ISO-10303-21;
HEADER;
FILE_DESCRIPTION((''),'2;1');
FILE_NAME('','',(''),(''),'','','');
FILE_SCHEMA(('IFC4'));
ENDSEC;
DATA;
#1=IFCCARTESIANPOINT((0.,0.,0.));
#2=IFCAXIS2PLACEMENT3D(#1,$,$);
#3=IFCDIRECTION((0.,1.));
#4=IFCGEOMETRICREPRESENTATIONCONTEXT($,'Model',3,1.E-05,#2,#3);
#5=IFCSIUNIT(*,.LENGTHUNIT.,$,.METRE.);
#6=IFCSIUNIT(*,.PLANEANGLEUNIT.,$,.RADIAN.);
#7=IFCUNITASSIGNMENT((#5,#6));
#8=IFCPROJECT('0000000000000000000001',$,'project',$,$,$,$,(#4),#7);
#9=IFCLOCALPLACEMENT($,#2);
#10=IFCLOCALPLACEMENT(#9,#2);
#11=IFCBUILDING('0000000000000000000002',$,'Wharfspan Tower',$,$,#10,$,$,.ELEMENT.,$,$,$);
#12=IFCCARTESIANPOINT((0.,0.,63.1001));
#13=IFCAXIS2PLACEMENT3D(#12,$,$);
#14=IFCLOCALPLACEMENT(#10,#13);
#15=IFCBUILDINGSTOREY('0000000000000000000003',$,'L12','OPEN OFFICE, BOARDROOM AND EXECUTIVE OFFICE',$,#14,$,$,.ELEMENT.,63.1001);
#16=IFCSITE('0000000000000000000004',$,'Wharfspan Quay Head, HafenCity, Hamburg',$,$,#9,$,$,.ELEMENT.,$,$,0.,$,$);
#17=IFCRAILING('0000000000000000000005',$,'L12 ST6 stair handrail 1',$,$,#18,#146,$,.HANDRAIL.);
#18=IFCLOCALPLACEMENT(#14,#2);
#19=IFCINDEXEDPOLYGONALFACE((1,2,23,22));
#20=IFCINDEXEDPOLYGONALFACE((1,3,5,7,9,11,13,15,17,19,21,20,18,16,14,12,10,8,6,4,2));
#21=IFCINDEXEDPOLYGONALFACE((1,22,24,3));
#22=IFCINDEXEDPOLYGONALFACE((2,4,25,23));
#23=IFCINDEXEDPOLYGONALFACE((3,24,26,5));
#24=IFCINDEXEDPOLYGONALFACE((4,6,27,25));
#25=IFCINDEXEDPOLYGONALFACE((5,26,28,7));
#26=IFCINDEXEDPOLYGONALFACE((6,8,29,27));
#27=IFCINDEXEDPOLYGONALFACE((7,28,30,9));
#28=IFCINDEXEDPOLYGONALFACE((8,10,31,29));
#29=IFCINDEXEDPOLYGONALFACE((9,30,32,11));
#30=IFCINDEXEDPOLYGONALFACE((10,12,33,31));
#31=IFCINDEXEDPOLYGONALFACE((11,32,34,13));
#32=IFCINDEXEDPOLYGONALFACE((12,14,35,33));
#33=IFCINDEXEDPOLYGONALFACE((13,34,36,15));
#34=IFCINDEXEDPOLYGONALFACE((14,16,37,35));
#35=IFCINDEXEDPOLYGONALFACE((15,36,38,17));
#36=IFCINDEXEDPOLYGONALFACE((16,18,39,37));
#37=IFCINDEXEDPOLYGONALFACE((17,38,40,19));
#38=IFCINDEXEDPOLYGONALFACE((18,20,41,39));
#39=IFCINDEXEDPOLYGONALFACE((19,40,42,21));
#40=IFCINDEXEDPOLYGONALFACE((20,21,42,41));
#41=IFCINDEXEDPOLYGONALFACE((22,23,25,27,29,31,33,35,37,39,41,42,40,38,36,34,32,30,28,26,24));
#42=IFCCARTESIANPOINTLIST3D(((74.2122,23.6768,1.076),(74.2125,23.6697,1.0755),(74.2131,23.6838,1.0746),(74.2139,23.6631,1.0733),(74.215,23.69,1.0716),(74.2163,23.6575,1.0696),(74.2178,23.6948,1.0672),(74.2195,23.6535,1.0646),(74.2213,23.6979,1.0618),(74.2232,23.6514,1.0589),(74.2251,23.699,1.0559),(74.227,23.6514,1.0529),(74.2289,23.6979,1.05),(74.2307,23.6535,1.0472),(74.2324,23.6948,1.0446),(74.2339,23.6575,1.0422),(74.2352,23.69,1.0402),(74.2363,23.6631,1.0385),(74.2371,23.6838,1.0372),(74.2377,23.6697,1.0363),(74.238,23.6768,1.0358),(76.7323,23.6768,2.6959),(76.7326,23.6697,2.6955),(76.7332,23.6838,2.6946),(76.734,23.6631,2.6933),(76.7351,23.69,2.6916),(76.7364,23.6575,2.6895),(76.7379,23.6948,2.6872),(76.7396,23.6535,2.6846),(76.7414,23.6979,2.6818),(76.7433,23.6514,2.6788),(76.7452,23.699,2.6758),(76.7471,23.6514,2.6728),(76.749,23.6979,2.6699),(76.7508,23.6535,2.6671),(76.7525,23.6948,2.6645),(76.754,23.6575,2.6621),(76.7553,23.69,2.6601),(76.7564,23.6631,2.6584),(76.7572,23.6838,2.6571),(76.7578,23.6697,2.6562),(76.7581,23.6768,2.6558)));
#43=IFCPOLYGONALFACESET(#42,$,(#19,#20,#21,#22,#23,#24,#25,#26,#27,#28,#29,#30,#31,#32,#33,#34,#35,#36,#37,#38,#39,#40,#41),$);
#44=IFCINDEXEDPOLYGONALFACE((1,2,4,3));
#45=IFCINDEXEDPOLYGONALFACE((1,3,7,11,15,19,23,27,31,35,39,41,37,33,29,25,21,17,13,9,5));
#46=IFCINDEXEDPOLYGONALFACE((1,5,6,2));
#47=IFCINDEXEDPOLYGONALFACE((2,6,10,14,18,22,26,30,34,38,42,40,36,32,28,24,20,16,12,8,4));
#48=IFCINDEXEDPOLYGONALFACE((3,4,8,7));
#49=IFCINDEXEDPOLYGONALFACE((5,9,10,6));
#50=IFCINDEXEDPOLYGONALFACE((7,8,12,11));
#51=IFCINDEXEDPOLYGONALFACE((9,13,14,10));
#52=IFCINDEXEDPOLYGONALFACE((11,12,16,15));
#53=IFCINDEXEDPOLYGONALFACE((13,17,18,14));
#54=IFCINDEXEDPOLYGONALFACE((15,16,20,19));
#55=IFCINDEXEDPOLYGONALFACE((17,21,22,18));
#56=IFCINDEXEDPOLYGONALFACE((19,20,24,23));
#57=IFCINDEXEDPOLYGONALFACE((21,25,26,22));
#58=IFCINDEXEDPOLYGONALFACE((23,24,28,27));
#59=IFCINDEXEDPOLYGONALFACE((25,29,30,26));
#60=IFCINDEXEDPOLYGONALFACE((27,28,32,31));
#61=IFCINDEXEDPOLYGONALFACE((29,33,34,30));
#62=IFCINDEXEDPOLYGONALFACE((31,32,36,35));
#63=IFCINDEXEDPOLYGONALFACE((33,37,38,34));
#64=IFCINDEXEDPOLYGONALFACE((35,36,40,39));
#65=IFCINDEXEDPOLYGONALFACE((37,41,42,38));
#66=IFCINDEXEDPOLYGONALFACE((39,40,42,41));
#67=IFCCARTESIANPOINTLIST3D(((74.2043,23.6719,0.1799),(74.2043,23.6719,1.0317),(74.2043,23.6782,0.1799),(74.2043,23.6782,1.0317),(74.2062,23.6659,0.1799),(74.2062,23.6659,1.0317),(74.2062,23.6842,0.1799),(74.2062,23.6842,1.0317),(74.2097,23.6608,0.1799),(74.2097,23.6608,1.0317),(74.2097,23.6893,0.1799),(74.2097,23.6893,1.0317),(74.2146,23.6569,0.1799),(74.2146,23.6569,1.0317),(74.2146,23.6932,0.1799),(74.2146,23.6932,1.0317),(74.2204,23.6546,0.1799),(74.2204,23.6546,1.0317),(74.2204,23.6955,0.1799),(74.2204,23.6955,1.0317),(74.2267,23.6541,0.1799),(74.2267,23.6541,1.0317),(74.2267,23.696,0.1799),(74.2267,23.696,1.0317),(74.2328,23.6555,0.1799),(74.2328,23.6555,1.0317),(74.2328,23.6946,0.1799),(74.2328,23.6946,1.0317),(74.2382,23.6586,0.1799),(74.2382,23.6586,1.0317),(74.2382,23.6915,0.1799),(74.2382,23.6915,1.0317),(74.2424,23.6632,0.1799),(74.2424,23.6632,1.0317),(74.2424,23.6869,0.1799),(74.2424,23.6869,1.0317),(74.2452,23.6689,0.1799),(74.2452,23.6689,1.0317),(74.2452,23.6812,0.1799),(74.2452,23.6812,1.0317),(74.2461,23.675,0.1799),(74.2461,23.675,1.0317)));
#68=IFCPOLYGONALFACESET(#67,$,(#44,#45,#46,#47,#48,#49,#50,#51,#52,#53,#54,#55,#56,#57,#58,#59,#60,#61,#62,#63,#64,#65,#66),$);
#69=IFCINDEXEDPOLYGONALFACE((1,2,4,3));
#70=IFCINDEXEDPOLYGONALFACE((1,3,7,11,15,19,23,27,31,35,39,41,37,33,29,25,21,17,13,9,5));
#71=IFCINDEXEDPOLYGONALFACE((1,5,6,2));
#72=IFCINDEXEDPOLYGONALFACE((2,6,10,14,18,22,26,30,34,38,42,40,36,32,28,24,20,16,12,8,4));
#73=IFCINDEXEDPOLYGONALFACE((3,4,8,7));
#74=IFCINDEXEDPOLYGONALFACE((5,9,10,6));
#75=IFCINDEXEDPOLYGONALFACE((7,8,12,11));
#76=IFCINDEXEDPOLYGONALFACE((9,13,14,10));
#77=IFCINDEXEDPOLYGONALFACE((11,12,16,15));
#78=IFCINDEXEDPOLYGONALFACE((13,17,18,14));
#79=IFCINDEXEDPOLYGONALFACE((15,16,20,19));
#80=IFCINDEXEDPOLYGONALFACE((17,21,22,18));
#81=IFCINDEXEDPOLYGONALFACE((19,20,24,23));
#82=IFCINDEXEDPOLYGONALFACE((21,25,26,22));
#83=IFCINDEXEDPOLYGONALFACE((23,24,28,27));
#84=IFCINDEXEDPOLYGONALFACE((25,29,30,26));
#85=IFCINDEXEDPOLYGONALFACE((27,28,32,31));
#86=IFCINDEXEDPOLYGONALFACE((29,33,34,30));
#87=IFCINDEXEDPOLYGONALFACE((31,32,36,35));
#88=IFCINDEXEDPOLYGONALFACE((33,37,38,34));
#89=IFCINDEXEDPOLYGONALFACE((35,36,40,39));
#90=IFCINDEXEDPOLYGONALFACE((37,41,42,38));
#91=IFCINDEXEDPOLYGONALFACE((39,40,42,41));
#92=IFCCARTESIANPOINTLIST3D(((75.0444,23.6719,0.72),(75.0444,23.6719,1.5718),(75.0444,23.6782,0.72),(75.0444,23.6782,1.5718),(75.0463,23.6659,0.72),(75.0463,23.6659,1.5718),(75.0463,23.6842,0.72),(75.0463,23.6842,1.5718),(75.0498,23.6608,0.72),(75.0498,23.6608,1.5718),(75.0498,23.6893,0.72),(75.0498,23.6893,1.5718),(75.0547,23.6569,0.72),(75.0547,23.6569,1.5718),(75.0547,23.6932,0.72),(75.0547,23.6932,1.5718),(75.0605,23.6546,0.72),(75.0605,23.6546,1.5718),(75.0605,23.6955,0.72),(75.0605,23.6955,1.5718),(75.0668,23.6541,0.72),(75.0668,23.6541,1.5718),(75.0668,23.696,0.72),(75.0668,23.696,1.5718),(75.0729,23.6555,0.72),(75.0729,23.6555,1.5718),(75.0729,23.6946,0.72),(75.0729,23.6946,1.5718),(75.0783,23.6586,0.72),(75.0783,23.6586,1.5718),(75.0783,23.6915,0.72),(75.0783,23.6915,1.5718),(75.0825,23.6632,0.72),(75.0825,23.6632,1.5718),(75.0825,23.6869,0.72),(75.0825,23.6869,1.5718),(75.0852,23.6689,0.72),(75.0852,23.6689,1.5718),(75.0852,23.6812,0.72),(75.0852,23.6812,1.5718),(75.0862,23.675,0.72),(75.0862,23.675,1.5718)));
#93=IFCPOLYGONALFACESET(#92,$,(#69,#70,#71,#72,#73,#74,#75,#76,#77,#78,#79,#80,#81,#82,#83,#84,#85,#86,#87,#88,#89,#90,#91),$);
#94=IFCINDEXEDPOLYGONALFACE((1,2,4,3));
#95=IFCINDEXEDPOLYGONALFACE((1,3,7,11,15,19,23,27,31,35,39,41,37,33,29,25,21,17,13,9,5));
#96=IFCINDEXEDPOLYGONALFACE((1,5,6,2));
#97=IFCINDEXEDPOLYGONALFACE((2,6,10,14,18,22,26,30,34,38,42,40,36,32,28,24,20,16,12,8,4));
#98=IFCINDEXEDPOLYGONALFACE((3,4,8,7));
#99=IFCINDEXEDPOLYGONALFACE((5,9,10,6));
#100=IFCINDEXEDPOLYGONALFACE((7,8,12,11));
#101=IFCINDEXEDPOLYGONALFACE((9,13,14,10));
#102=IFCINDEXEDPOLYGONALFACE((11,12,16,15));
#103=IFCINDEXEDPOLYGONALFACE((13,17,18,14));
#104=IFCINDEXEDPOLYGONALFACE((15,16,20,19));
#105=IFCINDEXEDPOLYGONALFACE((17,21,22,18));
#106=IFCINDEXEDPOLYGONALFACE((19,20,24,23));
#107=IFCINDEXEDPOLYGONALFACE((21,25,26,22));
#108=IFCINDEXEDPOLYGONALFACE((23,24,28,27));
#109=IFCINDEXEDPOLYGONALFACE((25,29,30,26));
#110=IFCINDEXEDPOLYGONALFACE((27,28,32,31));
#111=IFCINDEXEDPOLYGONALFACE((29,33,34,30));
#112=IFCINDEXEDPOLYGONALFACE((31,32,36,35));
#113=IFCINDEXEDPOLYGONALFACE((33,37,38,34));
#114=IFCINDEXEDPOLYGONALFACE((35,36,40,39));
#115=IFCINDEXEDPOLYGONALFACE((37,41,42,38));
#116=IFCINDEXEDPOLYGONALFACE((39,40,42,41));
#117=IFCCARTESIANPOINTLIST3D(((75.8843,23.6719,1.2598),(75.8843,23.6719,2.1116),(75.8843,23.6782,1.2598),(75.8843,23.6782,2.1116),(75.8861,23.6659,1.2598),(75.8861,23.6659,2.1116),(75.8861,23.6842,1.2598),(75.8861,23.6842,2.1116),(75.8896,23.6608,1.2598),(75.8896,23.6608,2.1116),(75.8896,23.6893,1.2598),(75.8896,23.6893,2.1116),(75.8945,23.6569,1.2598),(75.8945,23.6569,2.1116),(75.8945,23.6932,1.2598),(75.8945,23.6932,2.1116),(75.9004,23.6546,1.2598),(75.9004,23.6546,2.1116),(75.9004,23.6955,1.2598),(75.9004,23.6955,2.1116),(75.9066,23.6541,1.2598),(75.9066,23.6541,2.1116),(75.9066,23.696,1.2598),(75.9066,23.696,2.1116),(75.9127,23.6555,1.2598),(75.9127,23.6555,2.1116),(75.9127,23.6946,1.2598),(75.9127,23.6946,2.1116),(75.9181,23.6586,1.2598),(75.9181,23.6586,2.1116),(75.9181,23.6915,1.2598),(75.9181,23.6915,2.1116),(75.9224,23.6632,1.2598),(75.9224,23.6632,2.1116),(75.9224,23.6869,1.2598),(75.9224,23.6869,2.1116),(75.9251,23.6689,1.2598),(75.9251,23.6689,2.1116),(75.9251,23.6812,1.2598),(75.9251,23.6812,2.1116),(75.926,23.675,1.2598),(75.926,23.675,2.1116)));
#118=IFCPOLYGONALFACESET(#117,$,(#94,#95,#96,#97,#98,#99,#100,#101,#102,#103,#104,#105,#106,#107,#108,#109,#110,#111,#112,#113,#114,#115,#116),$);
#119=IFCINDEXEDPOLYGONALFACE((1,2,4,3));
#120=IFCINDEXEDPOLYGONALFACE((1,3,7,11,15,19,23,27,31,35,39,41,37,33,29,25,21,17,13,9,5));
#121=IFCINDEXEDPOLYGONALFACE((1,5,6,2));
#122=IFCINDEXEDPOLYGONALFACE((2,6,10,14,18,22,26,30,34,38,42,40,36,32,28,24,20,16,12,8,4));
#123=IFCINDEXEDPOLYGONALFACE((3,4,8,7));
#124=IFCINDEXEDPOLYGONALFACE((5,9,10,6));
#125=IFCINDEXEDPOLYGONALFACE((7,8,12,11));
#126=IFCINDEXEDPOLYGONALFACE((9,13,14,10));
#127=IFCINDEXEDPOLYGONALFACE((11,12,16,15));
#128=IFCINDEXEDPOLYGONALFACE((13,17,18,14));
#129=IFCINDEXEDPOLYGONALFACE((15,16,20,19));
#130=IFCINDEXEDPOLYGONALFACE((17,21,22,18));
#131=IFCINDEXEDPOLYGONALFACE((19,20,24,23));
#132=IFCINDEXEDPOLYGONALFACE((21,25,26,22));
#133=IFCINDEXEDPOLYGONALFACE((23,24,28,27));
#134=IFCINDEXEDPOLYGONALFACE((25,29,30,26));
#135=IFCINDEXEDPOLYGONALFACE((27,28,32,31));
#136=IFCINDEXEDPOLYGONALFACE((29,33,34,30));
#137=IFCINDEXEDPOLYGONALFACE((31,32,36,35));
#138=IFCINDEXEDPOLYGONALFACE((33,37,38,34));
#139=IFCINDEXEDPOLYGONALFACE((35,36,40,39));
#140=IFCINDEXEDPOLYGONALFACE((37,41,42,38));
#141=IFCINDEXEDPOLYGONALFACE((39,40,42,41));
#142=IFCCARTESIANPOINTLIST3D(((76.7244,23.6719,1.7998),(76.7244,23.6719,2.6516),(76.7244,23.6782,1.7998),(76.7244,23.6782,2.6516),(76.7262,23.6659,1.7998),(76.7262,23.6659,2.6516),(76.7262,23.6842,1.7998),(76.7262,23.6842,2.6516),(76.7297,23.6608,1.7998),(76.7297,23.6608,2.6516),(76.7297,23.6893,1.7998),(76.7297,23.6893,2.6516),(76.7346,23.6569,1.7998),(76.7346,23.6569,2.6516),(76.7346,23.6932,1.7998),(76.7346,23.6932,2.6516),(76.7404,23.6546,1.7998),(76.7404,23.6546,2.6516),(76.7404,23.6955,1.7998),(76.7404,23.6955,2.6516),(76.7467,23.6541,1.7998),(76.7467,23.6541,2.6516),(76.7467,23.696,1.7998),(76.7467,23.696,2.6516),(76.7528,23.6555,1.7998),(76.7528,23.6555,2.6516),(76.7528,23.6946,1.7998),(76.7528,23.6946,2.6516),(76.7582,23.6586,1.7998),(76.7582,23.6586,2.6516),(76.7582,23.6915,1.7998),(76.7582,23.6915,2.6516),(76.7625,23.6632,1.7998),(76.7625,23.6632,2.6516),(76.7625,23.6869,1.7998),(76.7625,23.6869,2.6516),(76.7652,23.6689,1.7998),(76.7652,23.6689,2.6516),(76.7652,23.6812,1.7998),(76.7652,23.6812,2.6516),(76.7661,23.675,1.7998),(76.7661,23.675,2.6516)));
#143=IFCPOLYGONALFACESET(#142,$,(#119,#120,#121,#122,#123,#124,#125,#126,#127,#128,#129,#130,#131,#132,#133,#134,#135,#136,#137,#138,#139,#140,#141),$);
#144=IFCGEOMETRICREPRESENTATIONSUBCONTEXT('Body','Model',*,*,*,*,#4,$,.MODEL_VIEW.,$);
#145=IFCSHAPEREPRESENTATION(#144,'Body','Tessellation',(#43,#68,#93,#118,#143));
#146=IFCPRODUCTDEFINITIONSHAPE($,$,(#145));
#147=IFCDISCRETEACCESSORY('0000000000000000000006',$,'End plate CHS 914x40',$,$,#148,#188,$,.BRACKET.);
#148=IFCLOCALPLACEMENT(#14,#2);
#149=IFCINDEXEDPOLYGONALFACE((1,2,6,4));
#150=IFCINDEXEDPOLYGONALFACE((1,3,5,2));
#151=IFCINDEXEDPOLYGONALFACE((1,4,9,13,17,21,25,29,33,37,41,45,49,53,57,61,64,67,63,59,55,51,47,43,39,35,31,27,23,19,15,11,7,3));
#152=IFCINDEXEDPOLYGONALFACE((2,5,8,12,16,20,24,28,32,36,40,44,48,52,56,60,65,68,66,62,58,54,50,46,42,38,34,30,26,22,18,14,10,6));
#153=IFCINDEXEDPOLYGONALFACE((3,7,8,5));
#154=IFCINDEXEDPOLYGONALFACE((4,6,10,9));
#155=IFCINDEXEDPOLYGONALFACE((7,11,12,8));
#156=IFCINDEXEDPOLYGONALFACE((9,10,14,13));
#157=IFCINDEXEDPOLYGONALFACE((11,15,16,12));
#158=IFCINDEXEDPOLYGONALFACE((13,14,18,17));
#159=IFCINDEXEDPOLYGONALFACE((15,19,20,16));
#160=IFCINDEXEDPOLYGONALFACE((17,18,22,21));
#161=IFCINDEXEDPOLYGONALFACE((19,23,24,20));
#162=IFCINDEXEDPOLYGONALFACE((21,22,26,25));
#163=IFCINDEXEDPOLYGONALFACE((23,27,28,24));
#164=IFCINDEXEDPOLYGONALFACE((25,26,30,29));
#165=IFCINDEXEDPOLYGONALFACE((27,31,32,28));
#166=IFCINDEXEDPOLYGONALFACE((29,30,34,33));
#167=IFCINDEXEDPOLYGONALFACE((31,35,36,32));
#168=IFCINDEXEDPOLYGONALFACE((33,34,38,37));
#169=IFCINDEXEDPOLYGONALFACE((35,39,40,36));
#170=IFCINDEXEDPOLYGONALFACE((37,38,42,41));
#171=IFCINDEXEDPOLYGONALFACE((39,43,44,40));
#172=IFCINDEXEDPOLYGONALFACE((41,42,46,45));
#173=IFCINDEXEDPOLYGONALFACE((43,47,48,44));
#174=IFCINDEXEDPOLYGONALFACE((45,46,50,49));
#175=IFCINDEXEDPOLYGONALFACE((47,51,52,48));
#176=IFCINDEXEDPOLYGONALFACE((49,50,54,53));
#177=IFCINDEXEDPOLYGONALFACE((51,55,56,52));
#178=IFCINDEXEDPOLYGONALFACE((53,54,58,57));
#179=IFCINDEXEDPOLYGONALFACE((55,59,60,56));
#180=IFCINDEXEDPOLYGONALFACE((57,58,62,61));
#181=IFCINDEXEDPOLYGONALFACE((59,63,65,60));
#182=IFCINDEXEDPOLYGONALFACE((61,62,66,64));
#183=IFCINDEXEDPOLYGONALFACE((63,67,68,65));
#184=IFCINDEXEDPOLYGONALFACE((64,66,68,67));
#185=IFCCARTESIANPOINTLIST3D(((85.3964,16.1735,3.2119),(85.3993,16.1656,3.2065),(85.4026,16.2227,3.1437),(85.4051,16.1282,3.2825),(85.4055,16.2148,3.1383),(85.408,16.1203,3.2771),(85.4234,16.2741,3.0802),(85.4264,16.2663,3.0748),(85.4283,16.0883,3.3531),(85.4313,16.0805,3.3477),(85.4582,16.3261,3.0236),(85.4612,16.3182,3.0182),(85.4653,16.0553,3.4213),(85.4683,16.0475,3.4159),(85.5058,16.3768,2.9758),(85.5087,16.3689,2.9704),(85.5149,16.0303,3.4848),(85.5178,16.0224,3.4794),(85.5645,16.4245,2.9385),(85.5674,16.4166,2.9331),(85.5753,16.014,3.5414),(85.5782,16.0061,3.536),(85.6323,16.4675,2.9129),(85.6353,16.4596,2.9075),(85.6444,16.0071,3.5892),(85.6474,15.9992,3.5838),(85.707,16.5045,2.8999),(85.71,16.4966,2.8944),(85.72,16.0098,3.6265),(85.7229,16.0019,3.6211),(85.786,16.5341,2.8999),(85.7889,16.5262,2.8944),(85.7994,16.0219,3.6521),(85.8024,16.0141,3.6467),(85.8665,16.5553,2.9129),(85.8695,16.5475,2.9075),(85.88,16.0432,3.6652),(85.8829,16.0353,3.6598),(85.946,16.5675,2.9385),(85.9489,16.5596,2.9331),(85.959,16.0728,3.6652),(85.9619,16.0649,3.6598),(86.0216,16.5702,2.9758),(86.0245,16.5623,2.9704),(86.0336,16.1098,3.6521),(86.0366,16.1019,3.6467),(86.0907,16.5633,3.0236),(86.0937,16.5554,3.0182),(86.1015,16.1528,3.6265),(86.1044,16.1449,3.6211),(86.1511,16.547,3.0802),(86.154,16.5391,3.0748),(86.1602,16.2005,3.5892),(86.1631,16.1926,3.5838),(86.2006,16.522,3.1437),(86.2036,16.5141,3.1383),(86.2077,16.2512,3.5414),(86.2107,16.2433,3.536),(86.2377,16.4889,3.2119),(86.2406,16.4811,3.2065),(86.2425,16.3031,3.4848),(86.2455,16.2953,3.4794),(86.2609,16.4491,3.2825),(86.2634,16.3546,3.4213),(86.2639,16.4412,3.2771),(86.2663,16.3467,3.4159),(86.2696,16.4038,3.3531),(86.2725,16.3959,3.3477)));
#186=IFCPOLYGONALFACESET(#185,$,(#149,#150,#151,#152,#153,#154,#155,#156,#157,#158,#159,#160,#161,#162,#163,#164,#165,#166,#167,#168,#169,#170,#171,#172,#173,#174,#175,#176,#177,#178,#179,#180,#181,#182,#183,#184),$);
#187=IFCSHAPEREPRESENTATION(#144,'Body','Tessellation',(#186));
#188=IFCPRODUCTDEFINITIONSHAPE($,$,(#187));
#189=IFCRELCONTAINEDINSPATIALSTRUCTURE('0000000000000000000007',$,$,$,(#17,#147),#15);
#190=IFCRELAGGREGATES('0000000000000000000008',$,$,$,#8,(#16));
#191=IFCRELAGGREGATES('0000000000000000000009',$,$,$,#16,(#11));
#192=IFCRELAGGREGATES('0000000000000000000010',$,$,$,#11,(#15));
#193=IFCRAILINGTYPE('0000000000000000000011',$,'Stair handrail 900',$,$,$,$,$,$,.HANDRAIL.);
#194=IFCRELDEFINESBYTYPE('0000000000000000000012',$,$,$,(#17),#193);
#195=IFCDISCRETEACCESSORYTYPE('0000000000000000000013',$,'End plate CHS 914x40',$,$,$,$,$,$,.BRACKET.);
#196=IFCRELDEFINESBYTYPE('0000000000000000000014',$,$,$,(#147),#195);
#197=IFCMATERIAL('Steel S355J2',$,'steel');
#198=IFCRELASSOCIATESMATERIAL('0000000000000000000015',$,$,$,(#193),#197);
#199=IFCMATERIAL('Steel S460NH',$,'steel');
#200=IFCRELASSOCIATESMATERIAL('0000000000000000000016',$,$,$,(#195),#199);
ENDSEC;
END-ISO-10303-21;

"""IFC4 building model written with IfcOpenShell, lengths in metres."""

from ifc_helpers import new_model, si_unit, direction, frame, origin, origin_2d, place, context, subcontext, project, spatial, circle, extrude, material, material_profile, profile_set, type_object, element, save


model = new_model("IFC4")

# Units and contexts
model_context = context("Model", 3, precision=1e-05, world=origin(), true_north=direction((0.0, 1.0)))
body_context = subcontext(model_context, "Body", "Model", "MODEL_VIEW")
ifc_project = project(units=[si_unit("LENGTHUNIT", "METRE"), si_unit("PLANEANGLEUNIT", "RADIAN")], contexts=[model_context])

# Site, building, storey
site_placement = place(None, origin())
site = spatial("IfcSite", under=ifc_project, at=site_placement, Name="Wharfspan Quay Head, HafenCity, Hamburg", CompositionType="ELEMENT", RefElevation=0.0)
building_placement = place(site_placement, origin())
building = spatial("IfcBuilding", under=site, at=building_placement, Name="Wharfspan Tower", CompositionType="ELEMENT")
storey_placement = place(building_placement, frame((0.0, 0.0, 63.1001)))
storey = spatial("IfcBuildingStorey", under=building, at=storey_placement, Name="L12", Description="OPEN OFFICE, BOARDROOM AND EXECUTIVE OFFICE", CompositionType="ELEMENT", Elevation=63.1001)

# Shared definitions
ifc_material_1 = material(Name="Steel S355J2", Category="steel")

# Shared definitions
ifc_material_2 = material(Name="Steel S460NH", Category="steel")

# Railing
railing_type_1 = type_object("IfcRailingType", Name="Stair handrail 900", PredefinedType="HANDRAIL", material=ifc_material_1)
railing_1_placement = place(storey_placement, frame((74.2251, 23.675, 0.1799)))
element("IfcRailing", 1, at=railing_1_placement, inside=storey, type_object=railing_type_1, Name="L12 ST6 stair handrail 1", PredefinedType="HANDRAIL", context=body_context, shape_type="SweptSolid", body=[
    extrude(circle(Radius=0.0239, at=origin_2d()), frame((0.0, 0.0, 0.876), z_axis=(0.8412, 0.0, 0.540725), x_axis=(0.0, 1.0, 0.0)), (0.0, 0.0, 1.0), 2.9958),
    extrude(circle(Radius=0.021, at=origin_2d()), origin(), (0.0, 0.0, 1.0), 0.8518),
    extrude(circle(Radius=0.021, at=origin_2d()), frame((0.8401, 0.0, 0.54)), (0.0, 0.0, 1.0), 0.8518),
    extrude(circle(Radius=0.021, at=origin_2d()), frame((1.6799, 0.0, 1.0798)), (0.0, 0.0, 1.0), 0.8518),
    extrude(circle(Radius=0.021, at=origin_2d()), frame((2.52, 0.0, 1.6199)), (0.0, 0.0, 1.0), 0.8518),
])

# Discrete accessory
ifc_material_profile_1 = material_profile(ifc_material_2, circle(Radius=0.457, at=origin_2d()))
ifc_profile_set_1 = profile_set([ifc_material_profile_1], Name="Steel S460NH")
discrete_accessory_type = type_object("IfcDiscreteAccessoryType", Name="End plate CHS 914x40", PredefinedType="BRACKET", material=ifc_profile_set_1)
for number, where, z_axis, x_axis, name in (
    (2, (85.8359, 16.2808, 3.2771), (-0.295241, 0.787309, 0.541275), (-0.936333, -0.351125, 0.0), "End plate CHS 914x40"),
):
    element("IfcDiscreteAccessory", number, at=place(storey_placement, frame(where, z_axis=z_axis, x_axis=x_axis)), inside=storey, type_object=discrete_accessory_type, Name=name, PredefinedType="BRACKET", context=body_context, shape_type="SweptSolid", body=[
        extrude(circle(Radius=0.457, at=origin_2d()), origin(), (0.0, 0.0, 1.0), 0.01),
    ])

save(model, "model.ifc")
